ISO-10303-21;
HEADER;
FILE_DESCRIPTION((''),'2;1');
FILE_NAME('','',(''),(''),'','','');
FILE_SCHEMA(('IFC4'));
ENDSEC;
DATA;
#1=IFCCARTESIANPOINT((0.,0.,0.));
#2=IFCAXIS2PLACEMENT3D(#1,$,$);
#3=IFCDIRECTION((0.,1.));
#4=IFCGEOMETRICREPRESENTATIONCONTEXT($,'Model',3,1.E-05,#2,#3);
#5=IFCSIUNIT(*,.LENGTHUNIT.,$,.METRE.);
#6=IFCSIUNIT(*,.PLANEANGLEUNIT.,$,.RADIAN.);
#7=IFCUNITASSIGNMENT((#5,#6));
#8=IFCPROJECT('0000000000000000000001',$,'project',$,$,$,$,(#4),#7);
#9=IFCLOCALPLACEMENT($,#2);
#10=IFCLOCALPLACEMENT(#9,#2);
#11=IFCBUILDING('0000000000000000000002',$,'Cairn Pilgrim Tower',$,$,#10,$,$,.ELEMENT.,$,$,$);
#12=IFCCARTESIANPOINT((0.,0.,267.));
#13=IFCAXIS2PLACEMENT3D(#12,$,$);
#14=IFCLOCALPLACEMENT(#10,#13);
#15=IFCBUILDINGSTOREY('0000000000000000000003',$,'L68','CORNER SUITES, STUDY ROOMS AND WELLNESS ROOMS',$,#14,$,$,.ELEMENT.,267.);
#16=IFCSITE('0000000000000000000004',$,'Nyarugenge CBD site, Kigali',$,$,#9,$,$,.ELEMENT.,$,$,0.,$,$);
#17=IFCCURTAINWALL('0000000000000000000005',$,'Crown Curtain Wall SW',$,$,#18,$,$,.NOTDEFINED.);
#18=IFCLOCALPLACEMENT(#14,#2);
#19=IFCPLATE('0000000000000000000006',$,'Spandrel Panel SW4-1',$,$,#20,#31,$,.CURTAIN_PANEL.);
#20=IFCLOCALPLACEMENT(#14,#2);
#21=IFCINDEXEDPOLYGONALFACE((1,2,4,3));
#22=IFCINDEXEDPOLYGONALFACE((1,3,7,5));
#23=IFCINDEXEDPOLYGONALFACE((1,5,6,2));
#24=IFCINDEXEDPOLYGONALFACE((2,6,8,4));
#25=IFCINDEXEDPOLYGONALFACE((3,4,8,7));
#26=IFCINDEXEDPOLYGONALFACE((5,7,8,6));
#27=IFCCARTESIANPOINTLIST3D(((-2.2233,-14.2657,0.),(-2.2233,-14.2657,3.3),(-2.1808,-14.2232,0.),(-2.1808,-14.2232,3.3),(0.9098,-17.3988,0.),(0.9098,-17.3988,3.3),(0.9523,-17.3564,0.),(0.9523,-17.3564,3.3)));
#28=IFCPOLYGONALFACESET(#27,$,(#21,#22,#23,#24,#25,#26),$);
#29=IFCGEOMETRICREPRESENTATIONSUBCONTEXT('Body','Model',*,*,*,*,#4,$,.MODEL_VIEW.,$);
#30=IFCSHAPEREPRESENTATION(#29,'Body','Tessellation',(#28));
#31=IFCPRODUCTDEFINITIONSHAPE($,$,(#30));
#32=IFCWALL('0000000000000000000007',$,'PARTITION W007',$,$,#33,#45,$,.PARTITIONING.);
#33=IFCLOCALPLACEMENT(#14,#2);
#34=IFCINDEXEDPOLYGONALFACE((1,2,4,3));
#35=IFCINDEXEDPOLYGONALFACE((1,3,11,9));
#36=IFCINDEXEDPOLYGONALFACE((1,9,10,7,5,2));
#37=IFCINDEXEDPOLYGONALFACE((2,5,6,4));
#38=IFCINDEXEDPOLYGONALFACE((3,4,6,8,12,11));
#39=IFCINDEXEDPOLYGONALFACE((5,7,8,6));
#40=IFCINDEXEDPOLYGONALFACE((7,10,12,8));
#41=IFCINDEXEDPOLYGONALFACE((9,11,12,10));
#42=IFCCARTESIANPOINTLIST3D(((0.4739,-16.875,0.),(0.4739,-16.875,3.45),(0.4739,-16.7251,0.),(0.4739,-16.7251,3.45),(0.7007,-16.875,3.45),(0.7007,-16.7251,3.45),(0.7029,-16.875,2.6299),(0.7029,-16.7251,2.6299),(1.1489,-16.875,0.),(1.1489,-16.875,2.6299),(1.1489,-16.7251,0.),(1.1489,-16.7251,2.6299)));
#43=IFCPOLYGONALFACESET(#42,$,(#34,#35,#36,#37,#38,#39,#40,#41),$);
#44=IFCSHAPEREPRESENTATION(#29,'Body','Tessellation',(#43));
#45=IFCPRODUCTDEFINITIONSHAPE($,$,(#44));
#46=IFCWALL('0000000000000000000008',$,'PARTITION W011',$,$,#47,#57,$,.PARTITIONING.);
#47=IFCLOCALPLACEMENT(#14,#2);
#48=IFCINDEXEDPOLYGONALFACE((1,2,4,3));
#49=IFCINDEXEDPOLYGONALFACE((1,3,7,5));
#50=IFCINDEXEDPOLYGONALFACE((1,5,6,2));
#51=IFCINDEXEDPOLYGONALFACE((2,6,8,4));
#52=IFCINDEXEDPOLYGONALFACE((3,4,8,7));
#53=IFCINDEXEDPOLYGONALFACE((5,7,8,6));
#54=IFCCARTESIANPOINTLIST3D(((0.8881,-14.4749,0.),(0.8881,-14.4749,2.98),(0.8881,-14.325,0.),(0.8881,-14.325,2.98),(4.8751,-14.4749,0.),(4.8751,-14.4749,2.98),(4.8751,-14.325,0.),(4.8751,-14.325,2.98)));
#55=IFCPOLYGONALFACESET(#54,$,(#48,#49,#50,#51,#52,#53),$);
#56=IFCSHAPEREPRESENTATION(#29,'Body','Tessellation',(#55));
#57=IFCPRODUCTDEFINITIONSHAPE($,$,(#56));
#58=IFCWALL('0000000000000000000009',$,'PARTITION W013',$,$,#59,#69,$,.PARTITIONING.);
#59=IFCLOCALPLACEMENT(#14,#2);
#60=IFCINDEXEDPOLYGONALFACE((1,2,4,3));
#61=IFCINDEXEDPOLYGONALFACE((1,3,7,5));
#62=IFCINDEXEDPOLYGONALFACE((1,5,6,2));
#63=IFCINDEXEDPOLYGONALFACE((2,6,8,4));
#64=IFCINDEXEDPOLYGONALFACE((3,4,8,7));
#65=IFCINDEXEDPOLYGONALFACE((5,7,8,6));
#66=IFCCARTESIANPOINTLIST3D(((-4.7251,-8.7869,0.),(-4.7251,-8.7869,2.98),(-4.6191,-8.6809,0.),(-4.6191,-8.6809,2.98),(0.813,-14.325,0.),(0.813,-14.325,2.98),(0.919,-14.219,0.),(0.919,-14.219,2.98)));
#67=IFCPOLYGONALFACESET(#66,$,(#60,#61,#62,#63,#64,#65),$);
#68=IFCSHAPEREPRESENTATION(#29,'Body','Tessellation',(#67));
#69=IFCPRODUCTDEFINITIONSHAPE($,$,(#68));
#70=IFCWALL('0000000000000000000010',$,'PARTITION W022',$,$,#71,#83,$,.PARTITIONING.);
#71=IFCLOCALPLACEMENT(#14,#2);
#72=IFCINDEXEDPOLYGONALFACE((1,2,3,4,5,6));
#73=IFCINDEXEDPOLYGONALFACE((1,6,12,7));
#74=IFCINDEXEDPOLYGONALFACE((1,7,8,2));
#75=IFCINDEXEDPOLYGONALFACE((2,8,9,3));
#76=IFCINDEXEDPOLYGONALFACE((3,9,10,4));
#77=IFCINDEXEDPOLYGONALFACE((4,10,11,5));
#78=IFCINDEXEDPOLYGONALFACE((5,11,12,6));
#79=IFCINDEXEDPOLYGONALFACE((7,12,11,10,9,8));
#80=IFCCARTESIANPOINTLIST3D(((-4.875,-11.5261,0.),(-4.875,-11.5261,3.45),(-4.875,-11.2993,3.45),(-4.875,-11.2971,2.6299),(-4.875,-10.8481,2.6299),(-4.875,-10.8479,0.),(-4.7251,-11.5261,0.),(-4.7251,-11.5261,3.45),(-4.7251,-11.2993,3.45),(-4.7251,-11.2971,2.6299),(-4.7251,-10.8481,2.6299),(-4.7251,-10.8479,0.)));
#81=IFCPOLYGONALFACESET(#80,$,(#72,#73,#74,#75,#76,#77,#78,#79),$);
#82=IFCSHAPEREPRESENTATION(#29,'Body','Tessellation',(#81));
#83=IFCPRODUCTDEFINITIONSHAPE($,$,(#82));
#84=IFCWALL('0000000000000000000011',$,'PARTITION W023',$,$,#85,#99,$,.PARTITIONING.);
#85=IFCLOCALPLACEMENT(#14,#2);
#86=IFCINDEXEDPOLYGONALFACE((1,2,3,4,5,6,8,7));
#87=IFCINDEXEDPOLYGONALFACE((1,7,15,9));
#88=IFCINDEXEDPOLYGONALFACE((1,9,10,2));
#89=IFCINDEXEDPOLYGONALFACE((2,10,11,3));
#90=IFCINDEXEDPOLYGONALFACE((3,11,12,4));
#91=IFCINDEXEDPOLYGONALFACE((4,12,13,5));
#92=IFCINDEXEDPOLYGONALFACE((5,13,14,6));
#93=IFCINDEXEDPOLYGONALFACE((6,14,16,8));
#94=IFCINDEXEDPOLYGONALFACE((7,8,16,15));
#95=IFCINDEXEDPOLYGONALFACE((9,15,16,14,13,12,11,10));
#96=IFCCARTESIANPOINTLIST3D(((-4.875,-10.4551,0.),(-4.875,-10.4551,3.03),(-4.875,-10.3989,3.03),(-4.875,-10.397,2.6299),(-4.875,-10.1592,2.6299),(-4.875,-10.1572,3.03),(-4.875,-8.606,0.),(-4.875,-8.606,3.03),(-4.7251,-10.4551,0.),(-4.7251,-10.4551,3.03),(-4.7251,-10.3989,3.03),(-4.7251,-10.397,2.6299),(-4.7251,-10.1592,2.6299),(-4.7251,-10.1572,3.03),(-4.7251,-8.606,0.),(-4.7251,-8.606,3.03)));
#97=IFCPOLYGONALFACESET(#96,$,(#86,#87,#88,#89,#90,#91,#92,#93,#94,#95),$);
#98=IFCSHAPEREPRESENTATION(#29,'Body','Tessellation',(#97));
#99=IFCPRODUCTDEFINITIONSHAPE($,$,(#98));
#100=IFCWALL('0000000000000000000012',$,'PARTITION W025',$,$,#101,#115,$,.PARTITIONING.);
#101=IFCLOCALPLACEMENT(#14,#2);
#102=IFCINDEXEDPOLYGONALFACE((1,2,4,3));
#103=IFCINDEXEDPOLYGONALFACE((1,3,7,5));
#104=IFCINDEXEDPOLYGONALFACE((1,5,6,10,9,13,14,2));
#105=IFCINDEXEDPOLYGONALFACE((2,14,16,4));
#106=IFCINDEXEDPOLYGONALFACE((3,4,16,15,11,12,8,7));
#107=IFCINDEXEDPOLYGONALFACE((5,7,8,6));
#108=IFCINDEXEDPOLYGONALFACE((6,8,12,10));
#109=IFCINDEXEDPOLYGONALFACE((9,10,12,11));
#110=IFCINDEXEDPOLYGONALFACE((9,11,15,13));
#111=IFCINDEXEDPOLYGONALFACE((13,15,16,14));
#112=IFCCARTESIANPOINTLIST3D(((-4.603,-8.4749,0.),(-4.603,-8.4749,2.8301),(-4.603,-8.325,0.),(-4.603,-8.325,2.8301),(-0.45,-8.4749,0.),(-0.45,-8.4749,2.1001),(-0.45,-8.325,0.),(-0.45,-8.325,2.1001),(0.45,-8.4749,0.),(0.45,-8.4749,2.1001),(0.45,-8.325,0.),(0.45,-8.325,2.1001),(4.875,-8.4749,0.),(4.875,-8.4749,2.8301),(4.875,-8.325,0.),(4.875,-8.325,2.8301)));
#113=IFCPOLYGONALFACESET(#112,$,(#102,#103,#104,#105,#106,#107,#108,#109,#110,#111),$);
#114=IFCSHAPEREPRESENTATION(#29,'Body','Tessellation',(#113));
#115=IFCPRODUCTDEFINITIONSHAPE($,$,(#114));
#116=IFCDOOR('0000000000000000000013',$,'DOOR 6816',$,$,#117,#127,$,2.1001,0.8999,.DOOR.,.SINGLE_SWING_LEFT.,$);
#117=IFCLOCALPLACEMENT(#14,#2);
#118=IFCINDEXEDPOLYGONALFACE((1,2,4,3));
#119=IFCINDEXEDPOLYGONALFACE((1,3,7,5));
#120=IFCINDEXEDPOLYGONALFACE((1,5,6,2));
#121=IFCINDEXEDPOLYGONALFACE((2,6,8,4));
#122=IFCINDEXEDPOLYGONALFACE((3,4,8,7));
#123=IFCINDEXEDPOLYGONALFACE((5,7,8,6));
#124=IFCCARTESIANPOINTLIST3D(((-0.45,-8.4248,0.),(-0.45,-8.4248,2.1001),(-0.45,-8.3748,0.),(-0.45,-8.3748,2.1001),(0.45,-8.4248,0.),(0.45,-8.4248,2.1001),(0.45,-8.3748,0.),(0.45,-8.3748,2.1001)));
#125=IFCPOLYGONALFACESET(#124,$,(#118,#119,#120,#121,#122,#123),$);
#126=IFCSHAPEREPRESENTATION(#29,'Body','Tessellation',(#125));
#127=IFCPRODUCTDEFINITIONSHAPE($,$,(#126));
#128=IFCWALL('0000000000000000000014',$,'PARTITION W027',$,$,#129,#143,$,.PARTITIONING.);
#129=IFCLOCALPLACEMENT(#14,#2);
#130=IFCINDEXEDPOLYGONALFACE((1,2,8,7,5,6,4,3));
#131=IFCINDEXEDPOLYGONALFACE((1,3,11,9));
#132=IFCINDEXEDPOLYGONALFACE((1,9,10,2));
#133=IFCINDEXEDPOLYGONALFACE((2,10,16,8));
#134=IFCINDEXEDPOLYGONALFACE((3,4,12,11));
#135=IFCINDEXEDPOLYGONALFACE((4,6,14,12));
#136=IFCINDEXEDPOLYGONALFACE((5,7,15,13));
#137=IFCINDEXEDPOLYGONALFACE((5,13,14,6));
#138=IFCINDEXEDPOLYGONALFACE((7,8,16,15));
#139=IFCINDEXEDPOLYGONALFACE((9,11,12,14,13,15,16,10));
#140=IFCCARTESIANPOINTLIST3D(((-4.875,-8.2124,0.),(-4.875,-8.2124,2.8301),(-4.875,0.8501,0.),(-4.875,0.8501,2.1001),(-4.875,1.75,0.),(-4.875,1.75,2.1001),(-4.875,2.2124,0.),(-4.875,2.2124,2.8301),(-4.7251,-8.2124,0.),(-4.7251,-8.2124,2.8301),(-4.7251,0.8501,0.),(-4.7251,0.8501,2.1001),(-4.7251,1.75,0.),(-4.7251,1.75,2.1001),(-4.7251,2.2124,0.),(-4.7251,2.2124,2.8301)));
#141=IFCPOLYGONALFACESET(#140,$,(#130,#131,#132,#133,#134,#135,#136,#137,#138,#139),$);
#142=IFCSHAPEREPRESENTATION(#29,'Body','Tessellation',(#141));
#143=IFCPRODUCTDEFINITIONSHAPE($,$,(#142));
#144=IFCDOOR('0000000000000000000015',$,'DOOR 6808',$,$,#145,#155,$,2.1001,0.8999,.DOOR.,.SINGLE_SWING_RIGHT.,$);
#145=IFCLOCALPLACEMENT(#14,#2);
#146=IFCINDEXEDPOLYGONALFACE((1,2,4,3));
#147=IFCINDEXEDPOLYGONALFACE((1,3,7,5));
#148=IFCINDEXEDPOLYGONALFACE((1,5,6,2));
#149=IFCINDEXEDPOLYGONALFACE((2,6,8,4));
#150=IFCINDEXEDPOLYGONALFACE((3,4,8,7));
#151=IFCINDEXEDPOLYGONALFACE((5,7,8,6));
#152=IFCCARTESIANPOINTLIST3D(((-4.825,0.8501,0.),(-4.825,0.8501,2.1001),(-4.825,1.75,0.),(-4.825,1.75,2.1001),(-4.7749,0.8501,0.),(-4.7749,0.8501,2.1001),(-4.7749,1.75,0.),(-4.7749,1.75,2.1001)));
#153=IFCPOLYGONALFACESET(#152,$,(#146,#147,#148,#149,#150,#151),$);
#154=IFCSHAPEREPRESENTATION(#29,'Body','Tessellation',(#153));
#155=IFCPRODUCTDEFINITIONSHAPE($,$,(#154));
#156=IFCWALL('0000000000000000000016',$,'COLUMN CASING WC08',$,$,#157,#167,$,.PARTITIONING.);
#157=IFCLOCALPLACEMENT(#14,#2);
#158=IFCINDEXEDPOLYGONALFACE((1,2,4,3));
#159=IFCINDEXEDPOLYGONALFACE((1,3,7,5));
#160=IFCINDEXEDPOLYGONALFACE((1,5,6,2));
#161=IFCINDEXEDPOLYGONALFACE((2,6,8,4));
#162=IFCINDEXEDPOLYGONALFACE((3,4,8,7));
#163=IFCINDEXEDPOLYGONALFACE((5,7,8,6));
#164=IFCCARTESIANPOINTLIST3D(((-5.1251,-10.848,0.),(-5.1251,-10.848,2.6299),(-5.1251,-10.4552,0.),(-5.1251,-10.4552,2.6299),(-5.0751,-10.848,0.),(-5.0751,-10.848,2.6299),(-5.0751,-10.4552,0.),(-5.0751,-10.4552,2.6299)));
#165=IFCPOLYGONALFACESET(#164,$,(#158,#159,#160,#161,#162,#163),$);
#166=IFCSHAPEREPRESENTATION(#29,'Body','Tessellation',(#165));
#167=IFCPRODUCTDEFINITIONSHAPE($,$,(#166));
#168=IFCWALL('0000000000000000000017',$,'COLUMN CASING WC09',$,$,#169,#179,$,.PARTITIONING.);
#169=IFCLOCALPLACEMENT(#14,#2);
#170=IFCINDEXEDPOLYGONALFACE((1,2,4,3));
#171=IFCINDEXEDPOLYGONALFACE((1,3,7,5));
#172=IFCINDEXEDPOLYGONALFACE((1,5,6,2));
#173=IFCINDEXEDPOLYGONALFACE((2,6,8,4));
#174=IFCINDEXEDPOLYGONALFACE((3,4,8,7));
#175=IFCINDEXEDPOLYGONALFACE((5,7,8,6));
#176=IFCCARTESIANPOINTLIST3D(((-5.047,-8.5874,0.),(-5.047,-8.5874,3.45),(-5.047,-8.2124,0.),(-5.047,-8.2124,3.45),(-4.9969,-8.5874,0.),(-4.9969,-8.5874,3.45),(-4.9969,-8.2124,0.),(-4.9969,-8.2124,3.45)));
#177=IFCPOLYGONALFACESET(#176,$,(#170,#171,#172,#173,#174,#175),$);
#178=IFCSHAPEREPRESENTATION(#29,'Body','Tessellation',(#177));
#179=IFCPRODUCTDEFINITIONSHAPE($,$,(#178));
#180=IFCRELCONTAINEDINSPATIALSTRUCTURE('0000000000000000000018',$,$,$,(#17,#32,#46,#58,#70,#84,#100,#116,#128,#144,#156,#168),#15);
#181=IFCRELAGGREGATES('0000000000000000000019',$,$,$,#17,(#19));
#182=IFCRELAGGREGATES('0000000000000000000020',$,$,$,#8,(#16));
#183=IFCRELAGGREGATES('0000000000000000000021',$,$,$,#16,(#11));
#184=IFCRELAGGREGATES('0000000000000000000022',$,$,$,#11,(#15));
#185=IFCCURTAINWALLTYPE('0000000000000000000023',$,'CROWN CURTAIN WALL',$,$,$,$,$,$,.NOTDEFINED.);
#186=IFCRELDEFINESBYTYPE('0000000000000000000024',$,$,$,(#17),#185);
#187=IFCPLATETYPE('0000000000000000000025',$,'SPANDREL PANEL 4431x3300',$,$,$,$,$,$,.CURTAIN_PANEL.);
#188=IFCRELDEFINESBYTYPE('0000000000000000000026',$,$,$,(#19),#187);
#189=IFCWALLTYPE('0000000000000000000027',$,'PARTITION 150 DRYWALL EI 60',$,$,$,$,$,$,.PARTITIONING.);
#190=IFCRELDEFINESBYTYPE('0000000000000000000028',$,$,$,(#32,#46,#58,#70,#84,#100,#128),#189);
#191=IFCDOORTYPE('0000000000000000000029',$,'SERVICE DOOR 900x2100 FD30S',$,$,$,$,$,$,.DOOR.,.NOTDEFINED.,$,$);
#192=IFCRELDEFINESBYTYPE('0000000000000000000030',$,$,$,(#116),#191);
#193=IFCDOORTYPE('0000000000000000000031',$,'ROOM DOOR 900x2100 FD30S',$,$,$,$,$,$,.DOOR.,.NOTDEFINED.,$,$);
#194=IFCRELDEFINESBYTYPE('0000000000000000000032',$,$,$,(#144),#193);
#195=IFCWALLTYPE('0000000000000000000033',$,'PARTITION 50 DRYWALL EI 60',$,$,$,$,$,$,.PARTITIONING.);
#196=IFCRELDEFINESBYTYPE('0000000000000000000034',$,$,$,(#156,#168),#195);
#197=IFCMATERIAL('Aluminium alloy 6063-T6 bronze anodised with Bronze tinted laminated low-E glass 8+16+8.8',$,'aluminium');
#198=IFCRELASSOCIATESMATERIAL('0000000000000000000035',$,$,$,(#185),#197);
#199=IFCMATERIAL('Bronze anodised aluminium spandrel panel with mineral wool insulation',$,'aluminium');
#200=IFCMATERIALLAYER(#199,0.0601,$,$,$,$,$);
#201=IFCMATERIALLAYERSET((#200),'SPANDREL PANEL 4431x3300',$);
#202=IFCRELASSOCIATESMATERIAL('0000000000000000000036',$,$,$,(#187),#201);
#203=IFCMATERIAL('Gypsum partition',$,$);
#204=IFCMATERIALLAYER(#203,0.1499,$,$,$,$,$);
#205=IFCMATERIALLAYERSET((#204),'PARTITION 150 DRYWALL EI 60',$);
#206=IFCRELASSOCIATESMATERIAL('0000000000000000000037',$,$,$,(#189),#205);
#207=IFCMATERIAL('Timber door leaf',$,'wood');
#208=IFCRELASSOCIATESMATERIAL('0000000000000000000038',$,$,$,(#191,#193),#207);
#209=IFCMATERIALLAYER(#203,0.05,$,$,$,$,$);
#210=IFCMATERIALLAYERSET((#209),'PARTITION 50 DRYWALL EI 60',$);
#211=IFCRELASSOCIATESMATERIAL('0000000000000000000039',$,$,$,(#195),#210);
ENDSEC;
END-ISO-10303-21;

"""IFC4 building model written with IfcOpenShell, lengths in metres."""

from ifc_helpers import new_model, si_unit, direction, frame, frame_2d, origin, origin_2d, place, context, subcontext, project, spatial, polyline, rectangle, outline, extrude, material, layer, layer_set, type_object, element, fill, aggregate, save


model = new_model("IFC4")

# Units and contexts
model_context = context("Model", 3, precision=1e-05, world=origin(), true_north=direction((0.0, 1.0)))
body_context = subcontext(model_context, "Body", "Model", "MODEL_VIEW")
ifc_project = project(units=[si_unit("LENGTHUNIT", "METRE"), si_unit("PLANEANGLEUNIT", "RADIAN")], contexts=[model_context])

# Site, building, storey
site_placement = place(None, origin())
site = spatial("IfcSite", under=ifc_project, at=site_placement, Name="Nyarugenge CBD site, Kigali", CompositionType="ELEMENT", RefElevation=0.0)
building_placement = place(site_placement, origin())
building = spatial("IfcBuilding", under=site, at=building_placement, Name="Cairn Pilgrim Tower", CompositionType="ELEMENT")
storey_placement = place(building_placement, frame((0.0, 0.0, 267.0)))
storey = spatial("IfcBuildingStorey", under=building, at=storey_placement, Name="L68", Description="CORNER SUITES, STUDY ROOMS AND WELLNESS ROOMS", CompositionType="ELEMENT", Elevation=267.0)

# Curtain wall
ifc_material_1 = material(Name="Aluminium alloy 6063-T6 bronze anodised with Bronze tinted laminated low-E glass 8+16+8.8", Category="aluminium")
curtain_wall_type = type_object("IfcCurtainWallType", Name="CROWN CURTAIN WALL", PredefinedType="NOTDEFINED", material=ifc_material_1)
curtain_wall_placement = place(storey_placement, origin())
curtain_wall = element("IfcCurtainWall", 1, at=curtain_wall_placement, inside=storey, type_object=curtain_wall_type, Name="Crown Curtain Wall SW", PredefinedType="NOTDEFINED")

# Plate
ifc_material_2 = material(Name="Bronze anodised aluminium spandrel panel with mineral wool insulation", Category="aluminium")
ifc_layer_1 = layer(ifc_material_2, 0.0601)
ifc_layer_set_1 = layer_set([ifc_layer_1], Name="SPANDREL PANEL 4431x3300")
plate_type = type_object("IfcPlateType", Name="SPANDREL PANEL 4431x3300", PredefinedType="CURTAIN_PANEL", material=ifc_layer_set_1)
plate_1_placement = place(storey_placement, frame((-0.6355, -15.811, 0.0), z_axis=(0.0, 0.0, 1.0), x_axis=(0.707107, -0.707107, 0.0)))
plate_1 = element("IfcPlate", 2, at=plate_1_placement, type_object=plate_type, Name="Spandrel Panel SW4-1", PredefinedType="CURTAIN_PANEL", context=body_context, shape_type="SweptSolid", body=[
    extrude(rectangle(XDim=4.4309, YDim=0.0601, at=origin_2d()), origin(), (0.0, 0.0, 1.0), 3.3),
])
aggregate(curtain_wall, [plate_1])

# Walls
ifc_material_3 = material(Name="Gypsum partition")
ifc_layer_2 = layer(ifc_material_3, 0.1499)
ifc_layer_set_2 = layer_set([ifc_layer_2], Name="PARTITION 150 DRYWALL EI 60")
wall_type_1 = type_object("IfcWallType", Name="PARTITION 150 DRYWALL EI 60", PredefinedType="PARTITIONING", material=ifc_layer_set_2)
wall_1_placement = place(storey_placement, frame((0.4739, -16.8, 0.0), z_axis=(0.0, 0.0, 1.0), x_axis=(1.0, 0.0, 0.0)))
element("IfcWall", 3, at=wall_1_placement, inside=storey, type_object=wall_type_1, Name="PARTITION W007", PredefinedType="PARTITIONING", context=body_context, shape_type="SweptSolid", body=[
    extrude(outline(polyline([(0.0, 0.0), (0.675, 0.0), (0.675, 2.6299), (0.229, 2.6299), (0.2268, 3.45), (0.0, 3.45), (0.0, 0.0)])), frame((0.0, 0.075, 0.0), z_axis=(0.0, -1.0, 0.0), x_axis=(1.0, 0.0, 0.0)), (0.0, 0.0, 1.0), 0.1499),
])
wall_2_placement = place(storey_placement, frame((0.8879, -14.3999, 0.0), z_axis=(0.0, 0.0, 1.0), x_axis=(1.0, 0.0, 0.0)))
element("IfcWall", 4, at=wall_2_placement, inside=storey, type_object=wall_type_1, Name="PARTITION W011", PredefinedType="PARTITIONING", context=body_context, shape_type="SweptSolid", body=[
    extrude(rectangle(XDim=3.9871, YDim=0.1499, at=frame_2d((1.9937, 0.0))), origin(), (0.0, 0.0, 1.0), 2.98),
])
wall_3_placement = place(storey_placement, frame((0.866, -14.272, 0.0), z_axis=(0.0, 0.0, 1.0), x_axis=(-0.707107, 0.707107, 0.0)))
element("IfcWall", 5, at=wall_3_placement, inside=storey, type_object=wall_type_1, Name="PARTITION W013", PredefinedType="PARTITIONING", context=body_context, shape_type="SweptSolid", body=[
    extrude(rectangle(XDim=7.832, YDim=0.1499, at=frame_2d((3.916, 0.0))), origin(), (0.0, 0.0, 1.0), 2.98),
])
wall_4_placement = place(storey_placement, frame((-4.8, -11.5261, 0.0), z_axis=(0.0, 0.0, 1.0), x_axis=(0.0, 1.0, 0.0)))
element("IfcWall", 6, at=wall_4_placement, inside=storey, type_object=wall_type_1, Name="PARTITION W022", PredefinedType="PARTITIONING", context=body_context, shape_type="SweptSolid", body=[
    extrude(outline(polyline([(0.0, 0.0), (0.6782, 0.0), (0.678, 2.6299), (0.229, 2.6299), (0.2268, 3.45), (0.0, 3.45), (0.0, 0.0)])), frame((0.0, 0.075, 0.0), z_axis=(0.0, -1.0, 0.0), x_axis=(1.0, 0.0, 0.0)), (0.0, 0.0, 1.0), 0.1499),
])
wall_5_placement = place(storey_placement, frame((-4.8, -10.4551, 0.0), z_axis=(0.0, 0.0, 1.0), x_axis=(0.0, 1.0, 0.0)))
element("IfcWall", 7, at=wall_5_placement, inside=storey, type_object=wall_type_1, Name="PARTITION W023", PredefinedType="PARTITIONING", context=body_context, shape_type="SweptSolid", body=[
    extrude(outline(polyline([(0.0, 0.0), (1.8491, 0.0), (1.8491, 3.03), (0.2979, 3.03), (0.2959, 2.6299), (0.0581, 2.6299), (0.0562, 3.03), (0.0, 3.03), (0.0, 0.0)])), frame((0.0, 0.075, 0.0), z_axis=(0.0, -1.0, 0.0), x_axis=(1.0, 0.0, 0.0)), (0.0, 0.0, 1.0), 0.1499),
])

# Walls, openings, doors
wall_6_placement = place(storey_placement, frame((-4.603, -8.3999, 0.0), z_axis=(0.0, 0.0, 1.0), x_axis=(1.0, 0.0, 0.0)))
wall_6 = element("IfcWall", 8, at=wall_6_placement, inside=storey, type_object=wall_type_1, Name="PARTITION W025", PredefinedType="PARTITIONING", context=body_context, shape_type="SweptSolid", body=[
    extrude(rectangle(XDim=9.478, YDim=0.1499, at=frame_2d((4.739, 0.0))), origin(), (0.0, 0.0, 1.0), 2.8301),
])
opening_1_placement = place(wall_6_placement, frame((4.1531, 0.0, 0.0)))
opening_1 = element("IfcOpeningElement", 9, at=opening_1_placement, cuts=wall_6, PredefinedType="OPENING", context=body_context, shape_type="SweptSolid", body=[
    extrude(rectangle(XDim=0.8999, YDim=2.1001, at=frame_2d((0.45, 1.05))), frame((0.0, 0.085, 0.0), z_axis=(0.0, -1.0, 0.0), x_axis=(1.0, 0.0, 0.0)), (0.0, 0.0, 1.0), 0.1699),
])
ifc_material_4 = material(Name="Timber door leaf", Category="wood")
door_type_1 = type_object("IfcDoorType", Name="SERVICE DOOR 900x2100 FD30S", OperationType="NOTDEFINED", PredefinedType="DOOR", material=ifc_material_4)
door_1_placement = place(opening_1_placement, frame((0.8999, 0.0, 0.0), z_axis=(0.0, 0.0, 1.0), x_axis=(-1.0, 0.0, 0.0)))
door_1 = element("IfcDoor", 10, at=door_1_placement, inside=storey, type_object=door_type_1, Name="DOOR 6816", OperationType="SINGLE_SWING_LEFT", OverallHeight=2.1001, OverallWidth=0.8999, PredefinedType="DOOR", context=body_context, shape_type="SweptSolid", body=[
    extrude(rectangle(XDim=0.8999, YDim=2.1001, at=frame_2d((0.45, 1.05))), frame((0.0, 0.0249, 0.0), z_axis=(0.0, -1.0, 0.0), x_axis=(1.0, 0.0, 0.0)), (0.0, 0.0, 1.0), 0.05),
])
fill(opening_1, door_1)
wall_7_placement = place(storey_placement, frame((-4.8, -8.2124, 0.0), z_axis=(0.0, 0.0, 1.0), x_axis=(0.0, 1.0, 0.0)))
wall_7 = element("IfcWall", 11, at=wall_7_placement, inside=storey, type_object=wall_type_1, Name="PARTITION W027", PredefinedType="PARTITIONING", context=body_context, shape_type="SweptSolid", body=[
    extrude(rectangle(XDim=10.4248, YDim=0.1499, at=frame_2d((5.2124, 0.0))), origin(), (0.0, 0.0, 1.0), 2.8301),
])
opening_2_placement = place(wall_7_placement, frame((9.0625, 0.0, 0.0)))
opening_2 = element("IfcOpeningElement", 12, at=opening_2_placement, cuts=wall_7, PredefinedType="OPENING", context=body_context, shape_type="SweptSolid", body=[
    extrude(rectangle(XDim=0.8999, YDim=2.1001, at=frame_2d((0.45, 1.05))), frame((0.0, 0.085, 0.0), z_axis=(0.0, -1.0, 0.0), x_axis=(1.0, 0.0, 0.0)), (0.0, 0.0, 1.0), 0.1699),
])
door_type_2 = type_object("IfcDoorType", Name="ROOM DOOR 900x2100 FD30S", OperationType="NOTDEFINED", PredefinedType="DOOR", material=ifc_material_4)
door_2_placement = place(opening_2_placement, origin())
door_2 = element("IfcDoor", 13, at=door_2_placement, inside=storey, type_object=door_type_2, Name="DOOR 6808", OperationType="SINGLE_SWING_RIGHT", OverallHeight=2.1001, OverallWidth=0.8999, PredefinedType="DOOR", context=body_context, shape_type="SweptSolid", body=[
    extrude(rectangle(XDim=0.8999, YDim=2.1001, at=frame_2d((0.45, 1.05))), frame((0.0, 0.0249, 0.0), z_axis=(0.0, -1.0, 0.0), x_axis=(1.0, 0.0, 0.0)), (0.0, 0.0, 1.0), 0.05),
])
fill(opening_2, door_2)

# Walls
ifc_layer_3 = layer(ifc_material_3, 0.05)
ifc_layer_set_3 = layer_set([ifc_layer_3], Name="PARTITION 50 DRYWALL EI 60")
wall_type_2 = type_object("IfcWallType", Name="PARTITION 50 DRYWALL EI 60", PredefinedType="PARTITIONING", material=ifc_layer_set_3)
wall_8_placement = place(storey_placement, frame((-5.1001, -10.8479, 0.0), z_axis=(0.0, 0.0, 1.0), x_axis=(0.0, 1.0, 0.0)))
element("IfcWall", 14, at=wall_8_placement, inside=storey, type_object=wall_type_2, Name="COLUMN CASING WC08", PredefinedType="PARTITIONING", context=body_context, shape_type="SweptSolid", body=[
    extrude(rectangle(XDim=0.3928, YDim=0.05, at=frame_2d((0.1963, 0.0))), origin(), (0.0, 0.0, 1.0), 2.6299),
])
wall_9_placement = place(storey_placement, frame((-5.022, -8.5874, 0.0), z_axis=(0.0, 0.0, 1.0), x_axis=(0.0, 1.0, 0.0)))
element("IfcWall", 15, at=wall_9_placement, inside=storey, type_object=wall_type_2, Name="COLUMN CASING WC09", PredefinedType="PARTITIONING", context=body_context, shape_type="SweptSolid", body=[
    extrude(rectangle(XDim=0.375, YDim=0.05, at=frame_2d((0.1875, 0.0))), origin(), (0.0, 0.0, 1.0), 3.45),
])

save(model, "model.ifc")
